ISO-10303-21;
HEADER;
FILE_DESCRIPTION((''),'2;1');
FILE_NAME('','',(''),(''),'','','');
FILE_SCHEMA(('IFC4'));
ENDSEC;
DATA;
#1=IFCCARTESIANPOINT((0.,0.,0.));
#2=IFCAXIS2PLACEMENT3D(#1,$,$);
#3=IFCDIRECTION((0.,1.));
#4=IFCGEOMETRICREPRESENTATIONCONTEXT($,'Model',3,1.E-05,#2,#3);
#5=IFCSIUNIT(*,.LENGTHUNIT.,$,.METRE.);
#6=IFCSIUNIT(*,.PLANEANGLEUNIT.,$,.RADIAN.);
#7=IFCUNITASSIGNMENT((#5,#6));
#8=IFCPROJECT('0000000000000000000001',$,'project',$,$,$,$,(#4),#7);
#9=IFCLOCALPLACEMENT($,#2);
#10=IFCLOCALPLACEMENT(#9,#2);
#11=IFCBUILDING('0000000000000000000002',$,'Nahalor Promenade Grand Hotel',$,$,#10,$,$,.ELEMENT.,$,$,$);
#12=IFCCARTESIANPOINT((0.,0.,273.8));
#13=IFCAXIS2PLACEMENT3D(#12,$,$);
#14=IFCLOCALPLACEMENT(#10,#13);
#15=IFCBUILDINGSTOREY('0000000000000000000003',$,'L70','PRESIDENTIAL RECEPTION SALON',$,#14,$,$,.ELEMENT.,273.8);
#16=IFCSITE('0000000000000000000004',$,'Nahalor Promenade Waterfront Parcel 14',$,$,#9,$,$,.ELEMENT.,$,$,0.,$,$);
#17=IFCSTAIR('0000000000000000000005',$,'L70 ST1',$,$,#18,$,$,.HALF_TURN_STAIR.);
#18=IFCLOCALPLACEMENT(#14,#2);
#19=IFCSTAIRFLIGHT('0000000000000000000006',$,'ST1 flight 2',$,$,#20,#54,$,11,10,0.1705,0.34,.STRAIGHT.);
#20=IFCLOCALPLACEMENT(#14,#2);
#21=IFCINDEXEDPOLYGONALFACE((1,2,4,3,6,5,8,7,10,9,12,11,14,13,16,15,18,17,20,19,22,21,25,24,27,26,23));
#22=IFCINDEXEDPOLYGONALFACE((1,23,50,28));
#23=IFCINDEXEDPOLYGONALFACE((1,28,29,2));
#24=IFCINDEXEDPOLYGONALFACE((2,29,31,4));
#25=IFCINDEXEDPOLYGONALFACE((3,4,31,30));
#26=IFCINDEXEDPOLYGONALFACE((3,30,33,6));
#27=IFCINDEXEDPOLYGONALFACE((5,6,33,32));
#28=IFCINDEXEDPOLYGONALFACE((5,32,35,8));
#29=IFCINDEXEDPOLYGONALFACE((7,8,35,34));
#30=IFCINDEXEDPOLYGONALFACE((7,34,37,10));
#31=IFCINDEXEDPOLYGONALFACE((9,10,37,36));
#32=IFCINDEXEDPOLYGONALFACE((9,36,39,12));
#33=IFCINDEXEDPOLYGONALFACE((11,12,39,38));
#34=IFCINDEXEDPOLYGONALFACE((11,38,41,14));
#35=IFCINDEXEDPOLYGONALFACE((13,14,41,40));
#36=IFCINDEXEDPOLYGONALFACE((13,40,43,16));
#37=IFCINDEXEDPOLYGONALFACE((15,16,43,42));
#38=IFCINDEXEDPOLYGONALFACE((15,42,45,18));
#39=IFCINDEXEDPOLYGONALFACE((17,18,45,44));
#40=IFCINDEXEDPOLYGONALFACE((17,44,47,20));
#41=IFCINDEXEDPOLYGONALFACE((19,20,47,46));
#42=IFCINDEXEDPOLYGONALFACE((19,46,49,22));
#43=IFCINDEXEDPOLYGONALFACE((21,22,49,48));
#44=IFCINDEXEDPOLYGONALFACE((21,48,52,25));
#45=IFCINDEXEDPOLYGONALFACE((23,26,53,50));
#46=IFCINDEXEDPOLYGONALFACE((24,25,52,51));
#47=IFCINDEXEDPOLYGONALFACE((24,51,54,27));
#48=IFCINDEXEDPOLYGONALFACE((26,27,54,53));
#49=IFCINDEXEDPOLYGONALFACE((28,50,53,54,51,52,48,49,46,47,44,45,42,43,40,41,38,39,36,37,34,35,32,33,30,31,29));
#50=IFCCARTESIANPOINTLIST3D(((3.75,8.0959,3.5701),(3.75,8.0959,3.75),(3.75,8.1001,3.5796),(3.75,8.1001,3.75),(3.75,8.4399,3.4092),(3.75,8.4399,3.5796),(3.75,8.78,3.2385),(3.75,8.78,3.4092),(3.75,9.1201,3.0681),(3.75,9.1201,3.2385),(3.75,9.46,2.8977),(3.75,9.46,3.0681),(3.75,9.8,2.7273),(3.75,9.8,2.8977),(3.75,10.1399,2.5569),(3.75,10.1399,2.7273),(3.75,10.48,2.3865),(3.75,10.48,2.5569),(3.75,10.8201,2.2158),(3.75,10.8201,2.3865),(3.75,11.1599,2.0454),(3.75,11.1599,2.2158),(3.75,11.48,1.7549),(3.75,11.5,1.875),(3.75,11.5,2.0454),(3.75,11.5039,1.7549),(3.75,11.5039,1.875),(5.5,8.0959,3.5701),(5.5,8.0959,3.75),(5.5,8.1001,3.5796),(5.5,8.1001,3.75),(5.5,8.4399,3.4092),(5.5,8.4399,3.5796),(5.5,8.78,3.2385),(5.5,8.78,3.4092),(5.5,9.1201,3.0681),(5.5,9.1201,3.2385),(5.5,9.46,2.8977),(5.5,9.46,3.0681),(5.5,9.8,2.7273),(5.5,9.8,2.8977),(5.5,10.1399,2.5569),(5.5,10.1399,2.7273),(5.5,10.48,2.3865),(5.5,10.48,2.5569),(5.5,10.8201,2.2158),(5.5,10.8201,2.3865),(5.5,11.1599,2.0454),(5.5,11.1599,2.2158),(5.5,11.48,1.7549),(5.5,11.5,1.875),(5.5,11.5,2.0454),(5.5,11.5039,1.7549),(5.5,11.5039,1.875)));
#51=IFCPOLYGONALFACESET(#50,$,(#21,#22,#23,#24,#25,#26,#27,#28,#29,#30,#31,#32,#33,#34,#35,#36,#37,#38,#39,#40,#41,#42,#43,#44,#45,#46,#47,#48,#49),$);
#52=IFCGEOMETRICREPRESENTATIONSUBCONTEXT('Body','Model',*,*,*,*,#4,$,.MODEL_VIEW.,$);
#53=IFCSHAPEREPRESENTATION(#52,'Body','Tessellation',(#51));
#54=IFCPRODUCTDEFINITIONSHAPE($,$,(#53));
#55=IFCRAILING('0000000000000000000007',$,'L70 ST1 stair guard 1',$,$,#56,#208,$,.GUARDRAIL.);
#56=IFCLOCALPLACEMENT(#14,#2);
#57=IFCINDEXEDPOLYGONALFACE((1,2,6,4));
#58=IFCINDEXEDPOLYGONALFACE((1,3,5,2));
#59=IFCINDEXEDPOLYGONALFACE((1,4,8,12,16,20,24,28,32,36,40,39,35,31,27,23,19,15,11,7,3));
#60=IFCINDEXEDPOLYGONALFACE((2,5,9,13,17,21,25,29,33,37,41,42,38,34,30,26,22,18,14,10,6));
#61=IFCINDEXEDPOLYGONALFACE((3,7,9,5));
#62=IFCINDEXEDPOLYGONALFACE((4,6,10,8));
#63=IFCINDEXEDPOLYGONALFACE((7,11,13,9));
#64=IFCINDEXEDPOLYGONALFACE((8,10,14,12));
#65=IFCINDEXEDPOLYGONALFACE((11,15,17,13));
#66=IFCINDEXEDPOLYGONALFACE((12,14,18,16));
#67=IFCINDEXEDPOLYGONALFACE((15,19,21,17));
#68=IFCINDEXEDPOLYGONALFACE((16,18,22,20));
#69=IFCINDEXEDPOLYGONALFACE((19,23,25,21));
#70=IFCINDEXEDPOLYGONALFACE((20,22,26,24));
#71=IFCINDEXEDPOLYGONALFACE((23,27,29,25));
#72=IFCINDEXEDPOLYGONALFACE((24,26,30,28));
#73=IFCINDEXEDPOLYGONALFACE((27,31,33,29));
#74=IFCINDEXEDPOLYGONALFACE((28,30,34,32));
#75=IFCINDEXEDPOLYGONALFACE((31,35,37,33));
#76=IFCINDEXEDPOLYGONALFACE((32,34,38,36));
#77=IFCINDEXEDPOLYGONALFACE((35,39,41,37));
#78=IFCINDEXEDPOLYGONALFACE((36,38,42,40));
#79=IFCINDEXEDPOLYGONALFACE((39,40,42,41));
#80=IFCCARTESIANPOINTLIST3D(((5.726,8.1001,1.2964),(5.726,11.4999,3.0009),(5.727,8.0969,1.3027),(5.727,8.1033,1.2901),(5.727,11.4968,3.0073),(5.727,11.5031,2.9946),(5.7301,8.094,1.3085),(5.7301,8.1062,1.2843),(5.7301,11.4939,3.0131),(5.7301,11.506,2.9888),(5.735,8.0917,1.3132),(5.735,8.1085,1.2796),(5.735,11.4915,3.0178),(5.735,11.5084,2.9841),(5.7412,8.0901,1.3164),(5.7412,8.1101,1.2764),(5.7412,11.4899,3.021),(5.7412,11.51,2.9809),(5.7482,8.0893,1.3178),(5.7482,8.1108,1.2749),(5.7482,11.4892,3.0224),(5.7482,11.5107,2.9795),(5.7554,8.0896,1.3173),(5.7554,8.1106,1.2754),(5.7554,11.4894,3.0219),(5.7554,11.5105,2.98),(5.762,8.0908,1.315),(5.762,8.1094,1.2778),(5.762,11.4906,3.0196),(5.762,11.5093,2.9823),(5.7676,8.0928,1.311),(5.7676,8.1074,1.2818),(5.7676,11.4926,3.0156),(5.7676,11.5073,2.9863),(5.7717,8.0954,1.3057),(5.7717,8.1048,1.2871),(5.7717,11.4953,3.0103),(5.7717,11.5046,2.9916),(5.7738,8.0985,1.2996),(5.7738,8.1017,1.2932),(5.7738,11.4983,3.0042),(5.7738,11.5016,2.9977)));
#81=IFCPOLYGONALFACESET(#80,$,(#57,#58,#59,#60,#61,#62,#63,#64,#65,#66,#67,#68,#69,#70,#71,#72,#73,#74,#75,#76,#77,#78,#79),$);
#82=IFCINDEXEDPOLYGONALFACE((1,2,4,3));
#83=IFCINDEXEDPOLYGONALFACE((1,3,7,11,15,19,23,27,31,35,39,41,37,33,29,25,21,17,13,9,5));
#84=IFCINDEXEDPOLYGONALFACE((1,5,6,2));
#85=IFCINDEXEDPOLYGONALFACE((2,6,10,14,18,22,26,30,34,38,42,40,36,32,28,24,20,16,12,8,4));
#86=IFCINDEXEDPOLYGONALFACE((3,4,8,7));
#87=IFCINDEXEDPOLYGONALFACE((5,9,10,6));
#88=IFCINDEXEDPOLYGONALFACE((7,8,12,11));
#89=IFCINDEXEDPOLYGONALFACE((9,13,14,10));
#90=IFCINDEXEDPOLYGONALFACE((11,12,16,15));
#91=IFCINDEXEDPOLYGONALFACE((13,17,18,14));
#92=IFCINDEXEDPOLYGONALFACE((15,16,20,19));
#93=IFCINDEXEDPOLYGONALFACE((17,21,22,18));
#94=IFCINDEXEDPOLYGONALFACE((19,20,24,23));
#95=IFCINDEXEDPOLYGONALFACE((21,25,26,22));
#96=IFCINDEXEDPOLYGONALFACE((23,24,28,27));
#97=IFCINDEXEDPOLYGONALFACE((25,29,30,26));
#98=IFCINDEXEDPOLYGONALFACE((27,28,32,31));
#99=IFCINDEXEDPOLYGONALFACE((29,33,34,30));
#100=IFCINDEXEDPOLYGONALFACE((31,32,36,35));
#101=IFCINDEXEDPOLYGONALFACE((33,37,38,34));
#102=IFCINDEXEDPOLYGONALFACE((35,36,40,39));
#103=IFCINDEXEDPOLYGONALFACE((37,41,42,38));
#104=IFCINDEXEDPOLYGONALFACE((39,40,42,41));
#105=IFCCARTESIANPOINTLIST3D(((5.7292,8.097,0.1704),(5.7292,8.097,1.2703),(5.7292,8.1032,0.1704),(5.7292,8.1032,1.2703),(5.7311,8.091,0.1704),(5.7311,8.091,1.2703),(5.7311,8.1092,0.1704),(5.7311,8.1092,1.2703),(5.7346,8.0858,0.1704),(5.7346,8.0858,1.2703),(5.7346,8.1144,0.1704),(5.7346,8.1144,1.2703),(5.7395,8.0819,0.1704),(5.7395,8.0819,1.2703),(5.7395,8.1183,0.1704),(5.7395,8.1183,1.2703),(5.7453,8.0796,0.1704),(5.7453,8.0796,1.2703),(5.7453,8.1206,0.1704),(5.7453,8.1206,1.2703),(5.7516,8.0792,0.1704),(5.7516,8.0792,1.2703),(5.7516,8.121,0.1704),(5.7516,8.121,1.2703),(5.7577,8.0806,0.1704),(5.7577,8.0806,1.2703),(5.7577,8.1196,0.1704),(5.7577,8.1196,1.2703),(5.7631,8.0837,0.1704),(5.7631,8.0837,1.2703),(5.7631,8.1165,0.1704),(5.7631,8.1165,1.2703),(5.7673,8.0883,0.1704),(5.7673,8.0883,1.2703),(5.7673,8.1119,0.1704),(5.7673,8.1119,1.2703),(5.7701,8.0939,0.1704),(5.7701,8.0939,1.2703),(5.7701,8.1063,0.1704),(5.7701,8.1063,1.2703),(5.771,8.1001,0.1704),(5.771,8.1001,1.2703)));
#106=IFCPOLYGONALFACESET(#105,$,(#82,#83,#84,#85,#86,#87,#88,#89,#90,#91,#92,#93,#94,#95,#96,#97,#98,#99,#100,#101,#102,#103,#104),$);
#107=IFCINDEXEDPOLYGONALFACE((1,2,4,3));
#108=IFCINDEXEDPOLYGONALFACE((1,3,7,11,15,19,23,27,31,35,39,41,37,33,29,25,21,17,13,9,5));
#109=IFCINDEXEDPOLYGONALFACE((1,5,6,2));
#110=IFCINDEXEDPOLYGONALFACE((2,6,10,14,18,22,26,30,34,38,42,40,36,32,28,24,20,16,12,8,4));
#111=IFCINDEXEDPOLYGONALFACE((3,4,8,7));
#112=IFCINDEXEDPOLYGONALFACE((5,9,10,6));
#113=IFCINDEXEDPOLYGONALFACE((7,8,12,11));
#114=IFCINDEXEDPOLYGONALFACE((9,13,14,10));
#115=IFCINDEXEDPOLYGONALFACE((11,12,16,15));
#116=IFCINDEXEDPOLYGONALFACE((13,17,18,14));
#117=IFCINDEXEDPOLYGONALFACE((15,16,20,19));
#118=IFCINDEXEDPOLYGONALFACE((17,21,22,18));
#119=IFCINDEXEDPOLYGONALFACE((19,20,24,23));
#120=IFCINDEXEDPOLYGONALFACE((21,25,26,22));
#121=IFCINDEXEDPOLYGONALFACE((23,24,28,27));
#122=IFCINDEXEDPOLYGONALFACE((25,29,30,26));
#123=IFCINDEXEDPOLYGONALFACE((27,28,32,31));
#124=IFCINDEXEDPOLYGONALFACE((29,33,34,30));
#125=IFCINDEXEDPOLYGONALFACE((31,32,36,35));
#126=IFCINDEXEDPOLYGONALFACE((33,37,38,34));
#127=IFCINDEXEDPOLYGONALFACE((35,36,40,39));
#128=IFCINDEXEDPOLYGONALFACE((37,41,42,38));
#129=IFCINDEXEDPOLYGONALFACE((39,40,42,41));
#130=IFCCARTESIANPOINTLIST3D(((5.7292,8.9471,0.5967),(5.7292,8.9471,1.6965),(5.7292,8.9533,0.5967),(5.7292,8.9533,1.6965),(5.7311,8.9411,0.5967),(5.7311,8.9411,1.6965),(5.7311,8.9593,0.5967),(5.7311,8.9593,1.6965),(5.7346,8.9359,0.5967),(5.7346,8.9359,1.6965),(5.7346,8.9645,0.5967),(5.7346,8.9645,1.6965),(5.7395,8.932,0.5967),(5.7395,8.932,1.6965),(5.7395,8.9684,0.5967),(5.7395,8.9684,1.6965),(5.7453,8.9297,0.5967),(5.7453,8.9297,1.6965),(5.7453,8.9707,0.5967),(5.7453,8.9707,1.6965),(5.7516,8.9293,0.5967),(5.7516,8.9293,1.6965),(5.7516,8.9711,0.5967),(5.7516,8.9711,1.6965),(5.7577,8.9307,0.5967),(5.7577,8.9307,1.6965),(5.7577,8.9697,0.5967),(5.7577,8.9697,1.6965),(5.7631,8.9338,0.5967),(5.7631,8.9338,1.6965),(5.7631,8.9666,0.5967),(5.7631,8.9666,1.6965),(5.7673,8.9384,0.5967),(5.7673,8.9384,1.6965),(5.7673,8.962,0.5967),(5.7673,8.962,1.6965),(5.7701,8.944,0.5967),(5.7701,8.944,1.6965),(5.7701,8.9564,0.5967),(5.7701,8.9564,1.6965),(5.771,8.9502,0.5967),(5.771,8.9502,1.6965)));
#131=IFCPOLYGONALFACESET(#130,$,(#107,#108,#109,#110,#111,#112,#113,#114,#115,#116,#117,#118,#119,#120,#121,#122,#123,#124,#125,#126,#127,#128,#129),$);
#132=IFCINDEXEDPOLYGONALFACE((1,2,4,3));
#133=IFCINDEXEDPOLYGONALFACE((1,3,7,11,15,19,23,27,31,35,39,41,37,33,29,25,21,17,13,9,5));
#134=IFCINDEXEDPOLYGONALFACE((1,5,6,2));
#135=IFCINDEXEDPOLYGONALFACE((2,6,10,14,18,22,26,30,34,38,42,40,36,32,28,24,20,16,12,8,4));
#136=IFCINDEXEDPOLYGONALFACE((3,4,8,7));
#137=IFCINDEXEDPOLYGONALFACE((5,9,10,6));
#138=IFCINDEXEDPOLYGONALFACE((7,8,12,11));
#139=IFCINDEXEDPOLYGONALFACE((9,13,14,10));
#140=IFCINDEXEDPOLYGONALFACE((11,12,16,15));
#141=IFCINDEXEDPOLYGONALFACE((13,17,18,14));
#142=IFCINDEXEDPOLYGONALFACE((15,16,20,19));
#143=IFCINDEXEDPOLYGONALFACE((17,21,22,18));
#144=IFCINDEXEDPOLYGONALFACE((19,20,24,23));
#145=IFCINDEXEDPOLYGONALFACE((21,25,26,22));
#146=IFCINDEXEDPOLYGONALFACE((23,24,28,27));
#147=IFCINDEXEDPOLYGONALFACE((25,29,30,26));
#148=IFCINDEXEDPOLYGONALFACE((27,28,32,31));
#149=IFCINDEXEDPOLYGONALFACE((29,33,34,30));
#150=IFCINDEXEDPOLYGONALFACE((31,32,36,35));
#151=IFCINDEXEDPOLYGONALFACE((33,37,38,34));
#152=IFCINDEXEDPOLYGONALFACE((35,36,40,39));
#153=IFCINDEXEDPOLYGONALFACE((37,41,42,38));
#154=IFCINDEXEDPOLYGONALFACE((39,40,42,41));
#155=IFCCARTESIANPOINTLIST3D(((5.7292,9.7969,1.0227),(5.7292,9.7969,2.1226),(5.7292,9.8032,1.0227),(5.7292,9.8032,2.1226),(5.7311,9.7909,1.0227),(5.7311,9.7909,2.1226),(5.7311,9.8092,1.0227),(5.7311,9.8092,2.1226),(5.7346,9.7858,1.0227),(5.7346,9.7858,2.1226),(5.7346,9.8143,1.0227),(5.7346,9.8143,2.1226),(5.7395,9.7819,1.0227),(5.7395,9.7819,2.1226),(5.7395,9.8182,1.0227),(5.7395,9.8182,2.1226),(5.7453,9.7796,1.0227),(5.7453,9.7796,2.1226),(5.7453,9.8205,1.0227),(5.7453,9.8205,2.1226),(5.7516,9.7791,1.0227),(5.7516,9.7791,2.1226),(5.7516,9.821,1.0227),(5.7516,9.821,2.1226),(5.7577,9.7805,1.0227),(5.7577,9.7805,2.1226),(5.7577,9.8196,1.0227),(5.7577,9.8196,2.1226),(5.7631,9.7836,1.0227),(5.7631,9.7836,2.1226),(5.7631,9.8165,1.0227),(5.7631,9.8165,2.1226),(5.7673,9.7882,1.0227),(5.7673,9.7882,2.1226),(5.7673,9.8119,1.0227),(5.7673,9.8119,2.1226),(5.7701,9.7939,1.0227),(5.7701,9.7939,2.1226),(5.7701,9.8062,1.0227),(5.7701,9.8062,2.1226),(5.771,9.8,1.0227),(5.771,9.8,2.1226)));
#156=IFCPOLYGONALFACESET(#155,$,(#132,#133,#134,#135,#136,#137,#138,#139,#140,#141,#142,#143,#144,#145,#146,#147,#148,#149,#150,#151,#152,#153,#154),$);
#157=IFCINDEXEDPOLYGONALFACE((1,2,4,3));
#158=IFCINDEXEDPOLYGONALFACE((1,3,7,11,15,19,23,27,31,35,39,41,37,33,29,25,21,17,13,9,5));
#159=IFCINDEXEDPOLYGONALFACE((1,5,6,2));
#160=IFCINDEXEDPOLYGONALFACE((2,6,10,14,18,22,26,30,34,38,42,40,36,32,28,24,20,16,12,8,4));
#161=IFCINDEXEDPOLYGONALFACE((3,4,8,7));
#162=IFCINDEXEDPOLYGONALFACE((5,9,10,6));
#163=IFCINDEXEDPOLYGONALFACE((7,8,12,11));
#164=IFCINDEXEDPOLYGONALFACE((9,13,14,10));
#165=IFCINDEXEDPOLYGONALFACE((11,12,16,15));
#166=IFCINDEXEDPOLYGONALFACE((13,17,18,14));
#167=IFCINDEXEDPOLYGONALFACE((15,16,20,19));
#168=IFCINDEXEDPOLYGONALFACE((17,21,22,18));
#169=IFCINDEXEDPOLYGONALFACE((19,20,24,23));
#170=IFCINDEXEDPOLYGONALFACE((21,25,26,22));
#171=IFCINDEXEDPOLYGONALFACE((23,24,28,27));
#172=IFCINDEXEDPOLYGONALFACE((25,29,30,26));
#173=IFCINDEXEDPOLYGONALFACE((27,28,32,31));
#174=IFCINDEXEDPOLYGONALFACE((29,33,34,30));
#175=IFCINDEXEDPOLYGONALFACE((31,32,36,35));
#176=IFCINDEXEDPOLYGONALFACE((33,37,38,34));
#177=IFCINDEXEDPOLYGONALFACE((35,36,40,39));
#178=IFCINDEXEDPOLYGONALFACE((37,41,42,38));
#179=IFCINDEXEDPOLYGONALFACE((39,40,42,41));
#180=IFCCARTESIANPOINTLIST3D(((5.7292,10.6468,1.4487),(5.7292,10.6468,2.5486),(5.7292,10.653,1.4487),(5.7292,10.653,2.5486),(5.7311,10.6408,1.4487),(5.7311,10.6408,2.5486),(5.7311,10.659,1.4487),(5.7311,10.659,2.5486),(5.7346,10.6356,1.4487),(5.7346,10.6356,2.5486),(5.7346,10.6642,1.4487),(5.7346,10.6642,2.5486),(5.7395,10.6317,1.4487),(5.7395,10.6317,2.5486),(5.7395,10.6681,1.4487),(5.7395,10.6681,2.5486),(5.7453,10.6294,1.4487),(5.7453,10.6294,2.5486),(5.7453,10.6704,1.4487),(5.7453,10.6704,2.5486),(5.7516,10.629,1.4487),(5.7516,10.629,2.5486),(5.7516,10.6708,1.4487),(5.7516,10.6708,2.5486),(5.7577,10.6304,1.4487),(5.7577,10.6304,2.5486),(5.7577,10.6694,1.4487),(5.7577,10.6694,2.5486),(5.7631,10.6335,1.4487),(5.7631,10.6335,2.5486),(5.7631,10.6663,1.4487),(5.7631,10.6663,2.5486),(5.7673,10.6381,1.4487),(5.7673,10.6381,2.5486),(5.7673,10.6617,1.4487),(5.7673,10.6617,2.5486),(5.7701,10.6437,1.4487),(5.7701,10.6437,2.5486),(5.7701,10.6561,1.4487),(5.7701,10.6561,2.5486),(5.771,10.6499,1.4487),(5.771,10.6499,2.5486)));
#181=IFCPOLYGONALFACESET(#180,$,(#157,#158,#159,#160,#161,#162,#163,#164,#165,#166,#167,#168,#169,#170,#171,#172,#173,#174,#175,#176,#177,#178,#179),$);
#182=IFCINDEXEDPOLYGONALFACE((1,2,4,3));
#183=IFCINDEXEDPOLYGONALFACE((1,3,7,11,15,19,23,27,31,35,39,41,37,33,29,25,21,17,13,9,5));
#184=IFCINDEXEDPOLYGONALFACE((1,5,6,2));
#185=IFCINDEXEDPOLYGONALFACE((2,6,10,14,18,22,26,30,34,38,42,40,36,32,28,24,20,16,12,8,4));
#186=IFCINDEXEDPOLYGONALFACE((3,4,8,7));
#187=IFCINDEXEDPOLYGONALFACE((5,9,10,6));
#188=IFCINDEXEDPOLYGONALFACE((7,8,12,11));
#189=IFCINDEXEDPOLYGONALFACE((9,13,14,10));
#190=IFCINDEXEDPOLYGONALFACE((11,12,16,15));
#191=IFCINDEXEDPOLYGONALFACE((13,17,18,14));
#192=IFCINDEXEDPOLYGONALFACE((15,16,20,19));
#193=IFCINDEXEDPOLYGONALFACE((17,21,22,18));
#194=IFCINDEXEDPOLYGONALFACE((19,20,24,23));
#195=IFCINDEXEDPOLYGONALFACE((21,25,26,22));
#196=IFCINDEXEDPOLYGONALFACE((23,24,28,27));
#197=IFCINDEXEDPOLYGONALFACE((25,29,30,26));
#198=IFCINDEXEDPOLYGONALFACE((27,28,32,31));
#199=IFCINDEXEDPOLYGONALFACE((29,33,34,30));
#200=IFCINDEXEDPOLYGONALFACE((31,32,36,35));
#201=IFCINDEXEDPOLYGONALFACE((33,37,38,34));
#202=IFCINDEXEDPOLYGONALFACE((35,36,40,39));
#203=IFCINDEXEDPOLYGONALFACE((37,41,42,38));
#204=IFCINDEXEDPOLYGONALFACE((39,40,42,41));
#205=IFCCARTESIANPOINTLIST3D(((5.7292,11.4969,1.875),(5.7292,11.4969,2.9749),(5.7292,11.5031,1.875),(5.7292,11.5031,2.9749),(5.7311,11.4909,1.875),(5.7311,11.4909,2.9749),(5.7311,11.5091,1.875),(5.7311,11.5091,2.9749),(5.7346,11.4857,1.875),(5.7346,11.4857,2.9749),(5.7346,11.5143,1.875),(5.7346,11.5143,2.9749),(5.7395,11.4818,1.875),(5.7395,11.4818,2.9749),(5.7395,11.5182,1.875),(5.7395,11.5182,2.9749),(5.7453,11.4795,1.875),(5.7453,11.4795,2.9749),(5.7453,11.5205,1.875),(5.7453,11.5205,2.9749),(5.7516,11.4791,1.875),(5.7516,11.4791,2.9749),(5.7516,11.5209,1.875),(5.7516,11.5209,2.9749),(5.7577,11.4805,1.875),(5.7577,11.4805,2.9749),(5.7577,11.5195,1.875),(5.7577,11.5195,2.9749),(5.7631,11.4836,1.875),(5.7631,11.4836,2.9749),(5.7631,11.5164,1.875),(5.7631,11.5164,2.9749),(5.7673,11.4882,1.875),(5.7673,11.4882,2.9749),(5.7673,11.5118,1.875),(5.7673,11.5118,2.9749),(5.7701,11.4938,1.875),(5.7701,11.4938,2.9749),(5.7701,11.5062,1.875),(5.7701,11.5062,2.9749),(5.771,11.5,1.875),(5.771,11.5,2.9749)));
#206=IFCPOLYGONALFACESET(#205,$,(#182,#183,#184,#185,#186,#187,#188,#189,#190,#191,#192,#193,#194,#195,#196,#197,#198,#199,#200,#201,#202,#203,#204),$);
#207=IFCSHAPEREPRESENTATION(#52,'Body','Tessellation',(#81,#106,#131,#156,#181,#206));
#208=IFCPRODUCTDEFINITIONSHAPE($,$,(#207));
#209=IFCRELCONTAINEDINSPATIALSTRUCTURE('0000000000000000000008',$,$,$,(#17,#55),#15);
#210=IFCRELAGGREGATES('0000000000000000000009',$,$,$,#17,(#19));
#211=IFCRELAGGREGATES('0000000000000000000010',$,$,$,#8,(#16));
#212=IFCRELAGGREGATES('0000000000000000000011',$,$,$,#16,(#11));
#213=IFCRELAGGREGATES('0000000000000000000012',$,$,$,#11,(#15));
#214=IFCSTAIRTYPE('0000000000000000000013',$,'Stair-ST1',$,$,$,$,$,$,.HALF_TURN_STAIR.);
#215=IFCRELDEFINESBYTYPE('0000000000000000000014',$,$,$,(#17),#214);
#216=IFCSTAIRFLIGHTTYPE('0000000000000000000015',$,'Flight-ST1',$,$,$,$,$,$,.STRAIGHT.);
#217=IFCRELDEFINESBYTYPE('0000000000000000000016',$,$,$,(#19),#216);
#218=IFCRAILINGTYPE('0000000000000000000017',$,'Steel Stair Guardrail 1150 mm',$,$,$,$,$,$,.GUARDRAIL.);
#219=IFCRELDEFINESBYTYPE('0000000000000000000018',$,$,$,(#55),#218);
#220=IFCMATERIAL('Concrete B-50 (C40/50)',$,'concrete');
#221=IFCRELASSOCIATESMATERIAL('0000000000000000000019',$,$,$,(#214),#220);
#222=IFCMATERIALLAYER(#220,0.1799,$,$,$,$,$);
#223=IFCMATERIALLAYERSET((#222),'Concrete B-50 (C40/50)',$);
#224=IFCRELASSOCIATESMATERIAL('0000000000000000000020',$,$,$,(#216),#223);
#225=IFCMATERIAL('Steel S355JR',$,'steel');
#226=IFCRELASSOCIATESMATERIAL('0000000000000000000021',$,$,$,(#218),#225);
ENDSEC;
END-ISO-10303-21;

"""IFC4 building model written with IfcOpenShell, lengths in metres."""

from ifc_helpers import new_model, si_unit, direction, frame, origin, origin_2d, place, context, subcontext, project, spatial, polyline, circle, outline, extrude, source, transform, mapped, material, layer, layer_set, type_object, element, aggregate, save


model = new_model("IFC4")

# Units and contexts
model_context = context("Model", 3, precision=1e-05, world=origin(), true_north=direction((0.0, 1.0)))
body_context = subcontext(model_context, "Body", "Model", "MODEL_VIEW")
ifc_project = project(units=[si_unit("LENGTHUNIT", "METRE"), si_unit("PLANEANGLEUNIT", "RADIAN")], contexts=[model_context])

# Site, building, storey
site_placement = place(None, origin())
site = spatial("IfcSite", under=ifc_project, at=site_placement, Name="Nahalor Promenade Waterfront Parcel 14", CompositionType="ELEMENT", RefElevation=0.0)
building_placement = place(site_placement, origin())
building = spatial("IfcBuilding", under=site, at=building_placement, Name="Nahalor Promenade Grand Hotel", CompositionType="ELEMENT")
storey_placement = place(building_placement, frame((0.0, 0.0, 273.8)))
storey = spatial("IfcBuildingStorey", under=building, at=storey_placement, Name="L70", Description="PRESIDENTIAL RECEPTION SALON", CompositionType="ELEMENT", Elevation=273.8)

# Shared definitions
ifc_material_1 = material(Name="Steel S355JR", Category="steel")

# Shared definitions
ifc_material_2 = material(Name="Concrete B-50 (C40/50)", Category="concrete")

# Stair, stair flight
stair_type = type_object("IfcStairType", Name="Stair-ST1", PredefinedType="HALF_TURN_STAIR", material=ifc_material_2)
stair_placement = place(storey_placement, origin())
stair = element("IfcStair", 1, at=stair_placement, inside=storey, type_object=stair_type, Name="L70 ST1", PredefinedType="HALF_TURN_STAIR")
ifc_layer_1 = layer(ifc_material_2, 0.1799)
ifc_layer_set_1 = layer_set([ifc_layer_1], Name="Concrete B-50 (C40/50)")
stair_flight_type = type_object("IfcStairFlightType", Name="Flight-ST1", PredefinedType="STRAIGHT", material=ifc_layer_set_1)
shared_shape_1 = source(origin(), body_context, "Body", "SweptSolid", [
    extrude(outline(polyline([(-0.0039, -0.1201), (-0.0039, 0.0), (0.0, 0.0), (0.0, 0.1704), (0.3401, 0.1704), (0.3401, 0.3408), (0.6799, 0.3408), (0.6799, 0.5115), (1.02, 0.5115), (1.02, 0.6819), (1.3601, 0.6819), (1.3601, 0.8523), (1.7, 0.8523), (1.7, 1.0227), (2.04, 1.0227), (2.04, 1.1931), (2.3799, 1.1931), (2.3799, 1.3635), (2.72, 1.3635), (2.72, 1.5342), (3.0601, 1.5342), (3.0601, 1.7046), (3.3999, 1.7046), (3.3999, 1.875), (3.4041, 1.875), (3.4041, 1.6951), (0.02, -0.1201), (-0.0039, -0.1201)])), frame((0.0, 0.875, 0.0), z_axis=(0.0, -1.0, 0.0), x_axis=(1.0, 0.0, 0.0)), (0.0, 0.0, 1.0), 1.75),
])
stair_flight_1_placement = place(storey_placement, frame((4.625, 11.5, 1.875), z_axis=(0.0, 0.0, 1.0), x_axis=(0.0, -1.0, 0.0)))
stair_flight_1 = element("IfcStairFlight", 2, at=stair_flight_1_placement, type_object=stair_flight_type, Name="ST1 flight 2", NumberOfRisers=11, NumberOfTreads=10, PredefinedType="STRAIGHT", RiserHeight=0.1705, TreadLength=0.34, context=body_context, shape_type="MappedRepresentation", body=[
    mapped(shared_shape_1, transform((0.0, 0.0, 0.0), scale=1.0)),
])
aggregate(stair, [stair_flight_1])

# Railing
railing_type_1 = type_object("IfcRailingType", Name="Steel Stair Guardrail 1150 mm", PredefinedType="GUARDRAIL", material=ifc_material_1)
railing_1_placement = place(storey_placement, frame((5.75, 8.1001, 0.1704)))
element("IfcRailing", 3, at=railing_1_placement, inside=storey, type_object=railing_type_1, Name="L70 ST1 stair guard 1", PredefinedType="GUARDRAIL", context=body_context, shape_type="SweptSolid", body=[
    extrude(circle(Radius=0.024, at=origin_2d()), frame((0.0, 0.0, 1.126), z_axis=(0.0, 0.893939, 0.448189), x_axis=(-1.0, 0.0, 0.0)), (0.0, 0.0, 1.0), 3.8032),
    extrude(circle(Radius=0.021, at=origin_2d()), origin(), (0.0, 0.0, 1.0), 1.0999),
    extrude(circle(Radius=0.021, at=origin_2d()), frame((0.0, 0.8501, 0.4263)), (0.0, 0.0, 1.0), 1.0999),
    extrude(circle(Radius=0.021, at=origin_2d()), frame((0.0, 1.7, 0.8523)), (0.0, 0.0, 1.0), 1.0999),
    extrude(circle(Radius=0.021, at=origin_2d()), frame((0.0, 2.5498, 1.2783)), (0.0, 0.0, 1.0), 1.0999),
    extrude(circle(Radius=0.021, at=origin_2d()), frame((0.0, 3.3999, 1.7046)), (0.0, 0.0, 1.0), 1.0999),
])

save(model, "model.ifc")
